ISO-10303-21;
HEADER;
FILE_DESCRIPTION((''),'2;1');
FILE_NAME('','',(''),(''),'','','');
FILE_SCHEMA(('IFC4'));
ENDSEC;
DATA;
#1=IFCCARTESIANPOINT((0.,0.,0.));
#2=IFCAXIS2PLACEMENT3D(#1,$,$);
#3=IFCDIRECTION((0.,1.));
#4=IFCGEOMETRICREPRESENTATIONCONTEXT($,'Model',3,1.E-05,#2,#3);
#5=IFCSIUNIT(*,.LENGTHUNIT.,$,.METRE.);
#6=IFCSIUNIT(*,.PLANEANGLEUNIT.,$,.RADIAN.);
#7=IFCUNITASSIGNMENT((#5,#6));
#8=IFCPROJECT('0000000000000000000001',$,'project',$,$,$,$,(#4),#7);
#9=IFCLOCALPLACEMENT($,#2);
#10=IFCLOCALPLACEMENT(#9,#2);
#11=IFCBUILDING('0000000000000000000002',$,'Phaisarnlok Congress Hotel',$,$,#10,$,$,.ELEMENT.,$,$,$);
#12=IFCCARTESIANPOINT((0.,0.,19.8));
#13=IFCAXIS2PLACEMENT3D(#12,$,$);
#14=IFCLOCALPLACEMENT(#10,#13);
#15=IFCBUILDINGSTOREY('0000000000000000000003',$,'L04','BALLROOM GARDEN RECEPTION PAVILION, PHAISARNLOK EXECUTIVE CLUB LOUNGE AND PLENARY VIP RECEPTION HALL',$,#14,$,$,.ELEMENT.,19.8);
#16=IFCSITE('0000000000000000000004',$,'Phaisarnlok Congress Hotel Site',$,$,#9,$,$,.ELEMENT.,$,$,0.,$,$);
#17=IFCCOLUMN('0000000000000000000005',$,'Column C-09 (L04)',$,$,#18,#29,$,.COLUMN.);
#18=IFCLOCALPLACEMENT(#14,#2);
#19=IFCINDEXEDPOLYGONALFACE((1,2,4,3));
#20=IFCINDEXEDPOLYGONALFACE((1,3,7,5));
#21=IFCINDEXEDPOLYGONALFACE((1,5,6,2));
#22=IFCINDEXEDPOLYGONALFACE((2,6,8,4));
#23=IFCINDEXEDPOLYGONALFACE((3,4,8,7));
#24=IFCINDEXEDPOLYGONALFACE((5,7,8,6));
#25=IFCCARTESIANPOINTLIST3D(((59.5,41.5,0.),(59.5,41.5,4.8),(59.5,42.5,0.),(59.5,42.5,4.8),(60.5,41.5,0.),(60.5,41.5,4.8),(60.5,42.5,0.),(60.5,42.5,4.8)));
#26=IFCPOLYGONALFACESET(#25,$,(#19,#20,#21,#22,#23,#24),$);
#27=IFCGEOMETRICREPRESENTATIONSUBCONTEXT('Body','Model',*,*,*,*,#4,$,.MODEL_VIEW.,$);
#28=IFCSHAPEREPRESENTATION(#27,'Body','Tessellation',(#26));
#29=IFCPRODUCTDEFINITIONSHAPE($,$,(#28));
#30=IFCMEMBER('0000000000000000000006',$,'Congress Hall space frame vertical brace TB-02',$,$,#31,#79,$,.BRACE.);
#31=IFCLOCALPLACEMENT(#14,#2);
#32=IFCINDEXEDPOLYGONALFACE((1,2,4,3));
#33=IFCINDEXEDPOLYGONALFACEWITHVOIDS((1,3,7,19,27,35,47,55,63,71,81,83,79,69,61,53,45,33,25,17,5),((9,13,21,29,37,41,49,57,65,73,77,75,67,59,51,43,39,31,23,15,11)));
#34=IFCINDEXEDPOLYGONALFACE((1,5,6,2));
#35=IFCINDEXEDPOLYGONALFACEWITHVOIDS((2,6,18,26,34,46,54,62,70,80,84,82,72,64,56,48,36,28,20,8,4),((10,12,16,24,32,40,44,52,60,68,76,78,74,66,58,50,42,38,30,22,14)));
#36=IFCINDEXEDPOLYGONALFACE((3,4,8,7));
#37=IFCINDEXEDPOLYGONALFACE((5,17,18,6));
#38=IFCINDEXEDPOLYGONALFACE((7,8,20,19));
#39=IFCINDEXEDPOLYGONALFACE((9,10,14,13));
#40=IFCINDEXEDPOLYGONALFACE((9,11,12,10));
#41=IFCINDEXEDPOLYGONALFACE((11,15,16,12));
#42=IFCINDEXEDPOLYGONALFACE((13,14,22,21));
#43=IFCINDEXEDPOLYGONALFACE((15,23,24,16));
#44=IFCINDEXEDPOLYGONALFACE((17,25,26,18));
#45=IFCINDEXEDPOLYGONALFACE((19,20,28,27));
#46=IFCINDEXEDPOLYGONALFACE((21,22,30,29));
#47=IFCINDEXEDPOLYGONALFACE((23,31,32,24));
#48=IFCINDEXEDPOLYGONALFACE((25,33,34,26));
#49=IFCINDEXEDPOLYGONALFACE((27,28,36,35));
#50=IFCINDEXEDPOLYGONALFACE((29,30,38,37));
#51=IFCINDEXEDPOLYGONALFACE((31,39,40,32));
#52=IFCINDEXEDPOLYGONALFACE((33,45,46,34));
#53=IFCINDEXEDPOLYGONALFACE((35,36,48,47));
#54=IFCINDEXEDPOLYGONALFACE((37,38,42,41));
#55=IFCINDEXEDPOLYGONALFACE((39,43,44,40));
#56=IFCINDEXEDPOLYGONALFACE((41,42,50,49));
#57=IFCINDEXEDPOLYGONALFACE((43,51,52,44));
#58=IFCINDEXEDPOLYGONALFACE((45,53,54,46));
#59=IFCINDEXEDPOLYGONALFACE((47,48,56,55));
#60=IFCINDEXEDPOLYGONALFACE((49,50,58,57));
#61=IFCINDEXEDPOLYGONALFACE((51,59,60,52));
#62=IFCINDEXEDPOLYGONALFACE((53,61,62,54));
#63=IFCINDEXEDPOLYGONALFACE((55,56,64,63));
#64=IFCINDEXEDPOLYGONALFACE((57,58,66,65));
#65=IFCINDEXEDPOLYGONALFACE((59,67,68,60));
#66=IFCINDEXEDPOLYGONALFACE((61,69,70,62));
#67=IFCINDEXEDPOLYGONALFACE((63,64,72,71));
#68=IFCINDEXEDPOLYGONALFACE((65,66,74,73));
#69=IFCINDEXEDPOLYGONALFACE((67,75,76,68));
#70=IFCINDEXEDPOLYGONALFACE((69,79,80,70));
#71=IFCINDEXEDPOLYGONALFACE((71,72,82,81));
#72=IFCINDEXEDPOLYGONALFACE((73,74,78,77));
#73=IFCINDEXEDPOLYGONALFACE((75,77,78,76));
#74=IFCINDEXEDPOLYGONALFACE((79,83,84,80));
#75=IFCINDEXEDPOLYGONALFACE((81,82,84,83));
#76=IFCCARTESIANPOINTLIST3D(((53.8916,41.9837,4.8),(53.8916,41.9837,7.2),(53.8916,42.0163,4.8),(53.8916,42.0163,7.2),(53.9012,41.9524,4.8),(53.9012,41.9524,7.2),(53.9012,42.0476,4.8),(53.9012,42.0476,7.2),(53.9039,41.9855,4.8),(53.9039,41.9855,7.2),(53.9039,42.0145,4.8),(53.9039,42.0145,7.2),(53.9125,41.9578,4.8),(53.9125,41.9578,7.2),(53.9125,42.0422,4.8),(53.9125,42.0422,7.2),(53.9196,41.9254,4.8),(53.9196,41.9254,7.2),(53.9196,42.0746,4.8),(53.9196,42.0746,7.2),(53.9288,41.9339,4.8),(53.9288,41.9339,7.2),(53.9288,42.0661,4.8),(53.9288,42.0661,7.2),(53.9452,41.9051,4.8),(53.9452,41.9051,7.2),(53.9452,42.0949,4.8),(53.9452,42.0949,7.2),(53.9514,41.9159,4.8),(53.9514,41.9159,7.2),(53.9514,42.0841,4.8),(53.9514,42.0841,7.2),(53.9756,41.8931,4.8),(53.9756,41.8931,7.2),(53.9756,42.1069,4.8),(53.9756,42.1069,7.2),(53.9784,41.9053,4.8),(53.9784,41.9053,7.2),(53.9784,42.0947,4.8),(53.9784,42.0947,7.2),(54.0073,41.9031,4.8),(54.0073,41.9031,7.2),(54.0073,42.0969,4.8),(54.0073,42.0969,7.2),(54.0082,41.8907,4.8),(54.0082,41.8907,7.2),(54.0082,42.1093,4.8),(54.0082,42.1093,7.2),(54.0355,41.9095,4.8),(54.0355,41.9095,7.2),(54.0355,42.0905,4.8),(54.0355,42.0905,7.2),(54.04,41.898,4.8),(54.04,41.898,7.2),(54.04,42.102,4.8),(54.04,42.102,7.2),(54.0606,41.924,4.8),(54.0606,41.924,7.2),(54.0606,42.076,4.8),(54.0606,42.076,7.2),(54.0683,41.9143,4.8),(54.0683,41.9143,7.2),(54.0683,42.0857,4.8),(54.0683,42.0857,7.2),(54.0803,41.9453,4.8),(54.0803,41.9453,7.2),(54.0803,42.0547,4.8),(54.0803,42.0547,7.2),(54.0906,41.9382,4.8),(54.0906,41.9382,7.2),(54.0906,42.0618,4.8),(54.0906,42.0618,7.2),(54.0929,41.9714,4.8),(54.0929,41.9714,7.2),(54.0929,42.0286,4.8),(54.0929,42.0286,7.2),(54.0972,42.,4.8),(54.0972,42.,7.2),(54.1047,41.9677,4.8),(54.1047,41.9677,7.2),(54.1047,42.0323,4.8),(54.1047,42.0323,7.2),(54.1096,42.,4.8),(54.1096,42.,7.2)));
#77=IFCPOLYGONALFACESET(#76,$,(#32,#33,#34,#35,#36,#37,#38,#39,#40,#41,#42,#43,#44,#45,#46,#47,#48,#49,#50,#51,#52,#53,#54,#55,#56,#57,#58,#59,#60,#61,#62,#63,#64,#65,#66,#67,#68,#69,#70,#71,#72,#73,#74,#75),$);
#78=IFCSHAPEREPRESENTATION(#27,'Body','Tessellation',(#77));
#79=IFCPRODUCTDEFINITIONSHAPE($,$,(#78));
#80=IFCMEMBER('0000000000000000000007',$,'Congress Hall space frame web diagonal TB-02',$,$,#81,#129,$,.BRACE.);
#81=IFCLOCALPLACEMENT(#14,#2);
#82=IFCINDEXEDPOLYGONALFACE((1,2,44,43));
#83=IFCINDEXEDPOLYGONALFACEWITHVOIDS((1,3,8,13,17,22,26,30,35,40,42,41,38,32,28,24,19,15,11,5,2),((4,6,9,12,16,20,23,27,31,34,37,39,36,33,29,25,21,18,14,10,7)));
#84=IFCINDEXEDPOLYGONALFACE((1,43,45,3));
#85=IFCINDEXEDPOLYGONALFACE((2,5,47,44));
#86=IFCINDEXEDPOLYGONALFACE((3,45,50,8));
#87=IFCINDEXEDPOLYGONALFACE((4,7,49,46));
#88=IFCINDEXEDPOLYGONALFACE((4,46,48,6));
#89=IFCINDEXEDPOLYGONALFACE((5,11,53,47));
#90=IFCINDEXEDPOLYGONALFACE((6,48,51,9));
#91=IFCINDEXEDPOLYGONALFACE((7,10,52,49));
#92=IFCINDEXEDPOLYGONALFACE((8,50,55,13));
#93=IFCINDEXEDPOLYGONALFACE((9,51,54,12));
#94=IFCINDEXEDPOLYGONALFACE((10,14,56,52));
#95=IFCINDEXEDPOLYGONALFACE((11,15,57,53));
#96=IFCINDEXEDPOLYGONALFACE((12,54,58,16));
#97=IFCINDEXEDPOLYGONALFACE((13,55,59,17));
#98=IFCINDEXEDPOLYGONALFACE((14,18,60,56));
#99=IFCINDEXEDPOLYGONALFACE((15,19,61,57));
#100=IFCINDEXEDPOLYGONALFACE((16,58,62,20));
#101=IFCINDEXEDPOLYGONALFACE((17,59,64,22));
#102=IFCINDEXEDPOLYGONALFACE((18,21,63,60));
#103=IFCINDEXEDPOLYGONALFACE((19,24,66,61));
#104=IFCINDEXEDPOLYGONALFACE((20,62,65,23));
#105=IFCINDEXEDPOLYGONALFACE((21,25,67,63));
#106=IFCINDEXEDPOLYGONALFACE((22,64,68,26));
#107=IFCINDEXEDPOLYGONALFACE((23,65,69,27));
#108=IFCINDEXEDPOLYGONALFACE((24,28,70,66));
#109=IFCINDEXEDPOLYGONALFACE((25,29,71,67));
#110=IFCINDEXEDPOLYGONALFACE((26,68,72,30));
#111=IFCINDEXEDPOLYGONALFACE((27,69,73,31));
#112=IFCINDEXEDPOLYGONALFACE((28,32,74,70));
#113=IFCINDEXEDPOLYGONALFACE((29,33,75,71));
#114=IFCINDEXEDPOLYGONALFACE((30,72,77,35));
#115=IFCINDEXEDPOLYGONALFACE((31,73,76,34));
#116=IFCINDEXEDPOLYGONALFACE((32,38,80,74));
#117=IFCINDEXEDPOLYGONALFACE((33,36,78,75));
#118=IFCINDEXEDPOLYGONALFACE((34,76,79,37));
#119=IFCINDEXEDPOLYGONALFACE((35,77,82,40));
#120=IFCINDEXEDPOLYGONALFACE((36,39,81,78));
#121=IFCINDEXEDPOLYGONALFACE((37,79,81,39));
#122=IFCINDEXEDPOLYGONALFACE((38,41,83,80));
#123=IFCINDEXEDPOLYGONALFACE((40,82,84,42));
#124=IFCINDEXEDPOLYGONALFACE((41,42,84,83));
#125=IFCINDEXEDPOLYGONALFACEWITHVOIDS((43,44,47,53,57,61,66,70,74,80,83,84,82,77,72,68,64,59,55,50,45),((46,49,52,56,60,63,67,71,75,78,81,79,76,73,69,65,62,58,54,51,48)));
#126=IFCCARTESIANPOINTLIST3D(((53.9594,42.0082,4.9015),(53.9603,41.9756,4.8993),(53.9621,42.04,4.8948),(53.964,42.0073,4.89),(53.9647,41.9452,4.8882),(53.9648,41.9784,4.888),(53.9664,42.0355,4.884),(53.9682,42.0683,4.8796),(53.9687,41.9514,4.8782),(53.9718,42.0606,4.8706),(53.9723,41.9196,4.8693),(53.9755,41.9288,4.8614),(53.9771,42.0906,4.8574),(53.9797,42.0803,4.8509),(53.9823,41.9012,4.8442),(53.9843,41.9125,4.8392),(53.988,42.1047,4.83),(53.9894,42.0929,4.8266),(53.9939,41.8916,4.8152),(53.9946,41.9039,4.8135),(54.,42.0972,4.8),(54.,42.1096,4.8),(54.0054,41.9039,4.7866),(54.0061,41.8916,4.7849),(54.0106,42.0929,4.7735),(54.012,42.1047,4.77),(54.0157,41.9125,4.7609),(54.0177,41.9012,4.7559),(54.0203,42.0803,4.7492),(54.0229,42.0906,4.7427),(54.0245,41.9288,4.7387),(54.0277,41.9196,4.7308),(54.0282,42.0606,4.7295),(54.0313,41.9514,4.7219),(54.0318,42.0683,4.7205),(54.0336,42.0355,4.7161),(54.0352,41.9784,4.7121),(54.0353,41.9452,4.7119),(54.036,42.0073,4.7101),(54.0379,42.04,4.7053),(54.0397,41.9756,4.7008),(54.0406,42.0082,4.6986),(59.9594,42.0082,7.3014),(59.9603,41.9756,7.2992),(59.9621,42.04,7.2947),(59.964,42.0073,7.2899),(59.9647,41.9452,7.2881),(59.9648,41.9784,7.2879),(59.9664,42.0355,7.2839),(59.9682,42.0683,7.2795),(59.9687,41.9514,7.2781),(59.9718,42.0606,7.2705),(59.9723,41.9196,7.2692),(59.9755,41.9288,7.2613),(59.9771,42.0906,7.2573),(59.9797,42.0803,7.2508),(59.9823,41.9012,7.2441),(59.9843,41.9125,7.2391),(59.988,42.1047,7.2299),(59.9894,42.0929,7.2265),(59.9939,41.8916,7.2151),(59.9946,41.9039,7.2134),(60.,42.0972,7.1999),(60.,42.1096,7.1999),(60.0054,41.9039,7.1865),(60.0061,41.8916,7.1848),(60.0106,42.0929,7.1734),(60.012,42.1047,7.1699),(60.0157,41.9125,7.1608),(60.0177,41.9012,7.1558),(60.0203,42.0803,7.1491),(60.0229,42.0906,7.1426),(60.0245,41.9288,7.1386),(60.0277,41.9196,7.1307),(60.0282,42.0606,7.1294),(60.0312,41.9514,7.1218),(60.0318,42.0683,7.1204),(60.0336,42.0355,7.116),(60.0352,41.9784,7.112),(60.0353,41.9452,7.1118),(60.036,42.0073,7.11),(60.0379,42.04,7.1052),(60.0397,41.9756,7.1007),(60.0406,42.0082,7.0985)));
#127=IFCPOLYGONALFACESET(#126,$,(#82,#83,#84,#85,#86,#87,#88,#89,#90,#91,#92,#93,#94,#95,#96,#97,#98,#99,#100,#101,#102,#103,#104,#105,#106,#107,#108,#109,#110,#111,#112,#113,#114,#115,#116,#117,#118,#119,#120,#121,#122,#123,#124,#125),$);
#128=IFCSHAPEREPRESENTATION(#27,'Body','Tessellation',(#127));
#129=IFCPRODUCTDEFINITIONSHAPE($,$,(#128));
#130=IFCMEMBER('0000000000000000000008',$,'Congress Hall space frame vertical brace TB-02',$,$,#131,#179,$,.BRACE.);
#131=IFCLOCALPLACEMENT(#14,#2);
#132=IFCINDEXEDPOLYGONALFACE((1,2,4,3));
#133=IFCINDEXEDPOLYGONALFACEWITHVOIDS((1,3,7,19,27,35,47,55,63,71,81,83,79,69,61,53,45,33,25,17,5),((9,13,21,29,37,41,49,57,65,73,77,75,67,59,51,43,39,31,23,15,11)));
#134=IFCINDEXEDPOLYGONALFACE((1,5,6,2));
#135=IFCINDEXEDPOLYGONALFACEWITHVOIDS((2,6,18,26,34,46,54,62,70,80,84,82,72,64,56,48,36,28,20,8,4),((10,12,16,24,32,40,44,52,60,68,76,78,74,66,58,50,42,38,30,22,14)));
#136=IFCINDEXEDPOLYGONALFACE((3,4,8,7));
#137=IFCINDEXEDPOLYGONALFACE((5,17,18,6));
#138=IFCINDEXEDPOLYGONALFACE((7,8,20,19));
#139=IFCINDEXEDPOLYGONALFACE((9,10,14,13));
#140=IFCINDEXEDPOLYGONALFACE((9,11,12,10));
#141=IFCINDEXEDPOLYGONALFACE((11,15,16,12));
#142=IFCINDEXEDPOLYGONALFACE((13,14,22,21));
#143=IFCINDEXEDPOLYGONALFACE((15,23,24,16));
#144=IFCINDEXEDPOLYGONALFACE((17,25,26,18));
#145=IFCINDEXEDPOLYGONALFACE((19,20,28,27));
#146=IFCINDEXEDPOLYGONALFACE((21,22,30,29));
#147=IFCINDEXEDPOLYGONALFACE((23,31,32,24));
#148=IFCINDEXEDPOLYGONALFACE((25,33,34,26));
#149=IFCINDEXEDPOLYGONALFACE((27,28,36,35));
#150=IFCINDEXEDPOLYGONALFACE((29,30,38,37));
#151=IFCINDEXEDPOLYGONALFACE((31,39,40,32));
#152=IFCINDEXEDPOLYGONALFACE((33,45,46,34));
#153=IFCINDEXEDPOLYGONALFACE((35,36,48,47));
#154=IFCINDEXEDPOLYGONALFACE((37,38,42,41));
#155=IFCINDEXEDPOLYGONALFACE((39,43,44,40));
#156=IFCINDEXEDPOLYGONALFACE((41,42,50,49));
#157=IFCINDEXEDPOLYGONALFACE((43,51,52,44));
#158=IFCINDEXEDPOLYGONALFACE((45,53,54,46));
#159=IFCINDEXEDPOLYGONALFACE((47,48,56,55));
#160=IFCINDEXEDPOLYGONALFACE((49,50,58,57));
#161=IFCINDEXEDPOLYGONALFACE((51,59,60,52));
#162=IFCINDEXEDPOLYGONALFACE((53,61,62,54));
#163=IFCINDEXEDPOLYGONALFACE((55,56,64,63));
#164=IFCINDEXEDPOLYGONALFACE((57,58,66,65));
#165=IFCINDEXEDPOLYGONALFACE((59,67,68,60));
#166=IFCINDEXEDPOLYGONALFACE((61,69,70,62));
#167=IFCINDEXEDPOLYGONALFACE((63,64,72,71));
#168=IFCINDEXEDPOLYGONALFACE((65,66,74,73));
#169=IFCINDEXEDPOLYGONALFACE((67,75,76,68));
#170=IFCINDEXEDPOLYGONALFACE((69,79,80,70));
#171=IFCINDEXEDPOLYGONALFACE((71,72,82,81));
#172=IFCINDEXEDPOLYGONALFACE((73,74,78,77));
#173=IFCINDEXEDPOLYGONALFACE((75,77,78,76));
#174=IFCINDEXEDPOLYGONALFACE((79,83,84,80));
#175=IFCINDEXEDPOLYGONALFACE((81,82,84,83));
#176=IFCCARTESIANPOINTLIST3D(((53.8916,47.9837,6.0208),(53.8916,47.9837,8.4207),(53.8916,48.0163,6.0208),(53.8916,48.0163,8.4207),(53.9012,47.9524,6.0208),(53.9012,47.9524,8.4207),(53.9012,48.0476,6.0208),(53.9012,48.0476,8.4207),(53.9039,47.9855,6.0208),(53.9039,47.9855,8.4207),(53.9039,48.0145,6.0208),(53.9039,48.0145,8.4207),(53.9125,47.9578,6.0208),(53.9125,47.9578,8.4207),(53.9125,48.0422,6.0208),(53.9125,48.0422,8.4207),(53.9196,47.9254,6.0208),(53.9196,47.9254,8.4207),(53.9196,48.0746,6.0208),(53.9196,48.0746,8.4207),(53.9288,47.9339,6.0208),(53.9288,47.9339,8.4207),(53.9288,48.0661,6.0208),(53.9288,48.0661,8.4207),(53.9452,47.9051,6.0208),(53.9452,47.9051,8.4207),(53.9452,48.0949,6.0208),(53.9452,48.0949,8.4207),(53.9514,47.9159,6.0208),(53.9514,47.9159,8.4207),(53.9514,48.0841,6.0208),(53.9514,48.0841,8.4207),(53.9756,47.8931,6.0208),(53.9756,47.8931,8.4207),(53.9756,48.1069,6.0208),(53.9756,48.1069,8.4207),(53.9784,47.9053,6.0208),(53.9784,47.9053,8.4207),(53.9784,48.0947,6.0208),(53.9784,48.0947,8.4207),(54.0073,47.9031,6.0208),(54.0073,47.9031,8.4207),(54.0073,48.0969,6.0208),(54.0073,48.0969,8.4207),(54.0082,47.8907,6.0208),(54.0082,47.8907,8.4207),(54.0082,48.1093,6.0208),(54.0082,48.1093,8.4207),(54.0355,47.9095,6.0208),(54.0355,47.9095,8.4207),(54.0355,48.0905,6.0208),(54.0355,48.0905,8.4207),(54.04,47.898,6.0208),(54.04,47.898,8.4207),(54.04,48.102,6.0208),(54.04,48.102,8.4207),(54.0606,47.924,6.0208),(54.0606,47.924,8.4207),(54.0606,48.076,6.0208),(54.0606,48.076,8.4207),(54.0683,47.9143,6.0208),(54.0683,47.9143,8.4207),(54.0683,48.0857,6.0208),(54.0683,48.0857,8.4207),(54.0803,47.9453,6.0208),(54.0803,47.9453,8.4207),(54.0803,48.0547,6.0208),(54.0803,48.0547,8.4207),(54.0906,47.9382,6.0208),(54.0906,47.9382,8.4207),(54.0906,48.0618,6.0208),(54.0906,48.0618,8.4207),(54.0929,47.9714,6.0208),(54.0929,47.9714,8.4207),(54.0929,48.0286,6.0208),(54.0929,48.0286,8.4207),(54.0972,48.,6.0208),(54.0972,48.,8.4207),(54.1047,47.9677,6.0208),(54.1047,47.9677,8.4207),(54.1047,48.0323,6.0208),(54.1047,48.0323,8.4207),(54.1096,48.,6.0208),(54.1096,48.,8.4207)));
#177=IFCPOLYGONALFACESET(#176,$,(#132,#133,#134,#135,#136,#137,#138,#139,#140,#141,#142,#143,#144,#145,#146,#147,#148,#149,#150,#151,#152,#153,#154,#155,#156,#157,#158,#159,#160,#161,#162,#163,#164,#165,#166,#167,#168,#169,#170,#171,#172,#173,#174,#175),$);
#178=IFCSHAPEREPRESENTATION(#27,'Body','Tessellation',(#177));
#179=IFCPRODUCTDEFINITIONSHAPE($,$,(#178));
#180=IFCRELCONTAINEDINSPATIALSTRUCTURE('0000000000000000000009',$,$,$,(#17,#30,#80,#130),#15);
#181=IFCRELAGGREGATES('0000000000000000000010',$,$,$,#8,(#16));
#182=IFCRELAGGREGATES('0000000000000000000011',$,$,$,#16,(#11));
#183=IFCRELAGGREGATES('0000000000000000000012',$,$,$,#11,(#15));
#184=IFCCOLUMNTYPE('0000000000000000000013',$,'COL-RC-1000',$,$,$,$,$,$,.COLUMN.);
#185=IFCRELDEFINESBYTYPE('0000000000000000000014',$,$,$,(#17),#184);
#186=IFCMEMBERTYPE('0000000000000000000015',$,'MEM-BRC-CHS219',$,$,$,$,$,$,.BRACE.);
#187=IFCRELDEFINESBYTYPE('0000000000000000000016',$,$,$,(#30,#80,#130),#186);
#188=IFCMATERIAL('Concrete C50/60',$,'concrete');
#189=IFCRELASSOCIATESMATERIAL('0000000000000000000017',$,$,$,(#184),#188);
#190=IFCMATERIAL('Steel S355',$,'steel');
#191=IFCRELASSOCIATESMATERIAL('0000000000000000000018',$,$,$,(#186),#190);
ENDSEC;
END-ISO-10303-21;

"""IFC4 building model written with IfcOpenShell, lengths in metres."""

from ifc_helpers import new_model, si_unit, direction, frame, origin, origin_2d, place, context, subcontext, project, spatial, rectangle, hollow_circle, extrude, material, material_profile, profile_set, type_object, element, save


model = new_model("IFC4")

# Units and contexts
model_context = context("Model", 3, precision=1e-05, world=origin(), true_north=direction((0.0, 1.0)))
body_context = subcontext(model_context, "Body", "Model", "MODEL_VIEW")
ifc_project = project(units=[si_unit("LENGTHUNIT", "METRE"), si_unit("PLANEANGLEUNIT", "RADIAN")], contexts=[model_context])

# Site, building, storey
site_placement = place(None, origin())
site = spatial("IfcSite", under=ifc_project, at=site_placement, Name="Phaisarnlok Congress Hotel Site", CompositionType="ELEMENT", RefElevation=0.0)
building_placement = place(site_placement, origin())
building = spatial("IfcBuilding", under=site, at=building_placement, Name="Phaisarnlok Congress Hotel", CompositionType="ELEMENT")
storey_placement = place(building_placement, frame((0.0, 0.0, 19.8)))
storey = spatial("IfcBuildingStorey", under=building, at=storey_placement, Name="L04", Description="BALLROOM GARDEN RECEPTION PAVILION, PHAISARNLOK EXECUTIVE CLUB LOUNGE AND PLENARY VIP RECEPTION HALL", CompositionType="ELEMENT", Elevation=19.8)

# Column
ifc_material_1 = material(Name="Concrete C50/60", Category="concrete")
ifc_material_profile_1 = material_profile(ifc_material_1, rectangle(XDim=1.0, YDim=1.0, at=origin_2d()), Name="RC 1000x1000")
ifc_profile_set_1 = profile_set([ifc_material_profile_1], Name="Concrete C50/60")
column_type = type_object("IfcColumnType", Name="COL-RC-1000", PredefinedType="COLUMN", material=ifc_profile_set_1)
column_placement = place(storey_placement, frame((60.0, 42.0, 0.0), z_axis=(0.0, 0.0, 1.0), x_axis=(1.0, 0.0, 0.0)))
element("IfcColumn", 1, at=column_placement, inside=storey, type_object=column_type, Name="Column C-09 (L04)", PredefinedType="COLUMN", context=body_context, shape_type="SweptSolid", body=[
    extrude(rectangle(XDim=1.0, YDim=1.0, at=origin_2d()), origin(), (0.0, 0.0, 1.0), 4.8),
])

# Members
ifc_material_2 = material(Name="Steel S355", Category="steel")
ifc_material_profile_2 = material_profile(ifc_material_2, hollow_circle(Radius=0.1096, WallThickness=0.0125, at=origin_2d()), Name="CHS 219.1x12.5")
ifc_profile_set_2 = profile_set([ifc_material_profile_2], Name="Steel S355")
member_type_1 = type_object("IfcMemberType", Name="MEM-BRC-CHS219", PredefinedType="BRACE", material=ifc_profile_set_2)
member_1_placement = place(storey_placement, frame((54.0, 42.0, 4.8), z_axis=(0.0, 0.0, 1.0), x_axis=(1.0, 0.0, 0.0)))
element("IfcMember", 2, at=member_1_placement, inside=storey, type_object=member_type_1, Name="Congress Hall space frame vertical brace TB-02", PredefinedType="BRACE", context=body_context, shape_type="SweptSolid", body=[
    extrude(hollow_circle(Radius=0.1096, WallThickness=0.0125, at=origin_2d()), origin(), (0.0, 0.0, 1.0), 2.3999),
])
member_2_placement = place(storey_placement, frame((54.0, 42.0, 4.8), z_axis=(0.928482, 0.0, 0.371378), x_axis=(0.0, 1.0, 0.0)))
element("IfcMember", 3, at=member_2_placement, inside=storey, type_object=member_type_1, Name="Congress Hall space frame web diagonal TB-02", PredefinedType="BRACE", context=body_context, shape_type="SweptSolid", body=[
    extrude(hollow_circle(Radius=0.1096, WallThickness=0.0125, at=origin_2d()), origin(), (0.0, 0.0, 1.0), 6.4622),
])
member_3_placement = place(storey_placement, frame((54.0, 48.0, 6.0208), z_axis=(0.0, 0.0, 1.0), x_axis=(1.0, 0.0, 0.0)))
element("IfcMember", 4, at=member_3_placement, inside=storey, type_object=member_type_1, Name="Congress Hall space frame vertical brace TB-02", PredefinedType="BRACE", context=body_context, shape_type="SweptSolid", body=[
    extrude(hollow_circle(Radius=0.1096, WallThickness=0.0125, at=origin_2d()), origin(), (0.0, 0.0, 1.0), 2.3999),
])

save(model, "model.ifc")
